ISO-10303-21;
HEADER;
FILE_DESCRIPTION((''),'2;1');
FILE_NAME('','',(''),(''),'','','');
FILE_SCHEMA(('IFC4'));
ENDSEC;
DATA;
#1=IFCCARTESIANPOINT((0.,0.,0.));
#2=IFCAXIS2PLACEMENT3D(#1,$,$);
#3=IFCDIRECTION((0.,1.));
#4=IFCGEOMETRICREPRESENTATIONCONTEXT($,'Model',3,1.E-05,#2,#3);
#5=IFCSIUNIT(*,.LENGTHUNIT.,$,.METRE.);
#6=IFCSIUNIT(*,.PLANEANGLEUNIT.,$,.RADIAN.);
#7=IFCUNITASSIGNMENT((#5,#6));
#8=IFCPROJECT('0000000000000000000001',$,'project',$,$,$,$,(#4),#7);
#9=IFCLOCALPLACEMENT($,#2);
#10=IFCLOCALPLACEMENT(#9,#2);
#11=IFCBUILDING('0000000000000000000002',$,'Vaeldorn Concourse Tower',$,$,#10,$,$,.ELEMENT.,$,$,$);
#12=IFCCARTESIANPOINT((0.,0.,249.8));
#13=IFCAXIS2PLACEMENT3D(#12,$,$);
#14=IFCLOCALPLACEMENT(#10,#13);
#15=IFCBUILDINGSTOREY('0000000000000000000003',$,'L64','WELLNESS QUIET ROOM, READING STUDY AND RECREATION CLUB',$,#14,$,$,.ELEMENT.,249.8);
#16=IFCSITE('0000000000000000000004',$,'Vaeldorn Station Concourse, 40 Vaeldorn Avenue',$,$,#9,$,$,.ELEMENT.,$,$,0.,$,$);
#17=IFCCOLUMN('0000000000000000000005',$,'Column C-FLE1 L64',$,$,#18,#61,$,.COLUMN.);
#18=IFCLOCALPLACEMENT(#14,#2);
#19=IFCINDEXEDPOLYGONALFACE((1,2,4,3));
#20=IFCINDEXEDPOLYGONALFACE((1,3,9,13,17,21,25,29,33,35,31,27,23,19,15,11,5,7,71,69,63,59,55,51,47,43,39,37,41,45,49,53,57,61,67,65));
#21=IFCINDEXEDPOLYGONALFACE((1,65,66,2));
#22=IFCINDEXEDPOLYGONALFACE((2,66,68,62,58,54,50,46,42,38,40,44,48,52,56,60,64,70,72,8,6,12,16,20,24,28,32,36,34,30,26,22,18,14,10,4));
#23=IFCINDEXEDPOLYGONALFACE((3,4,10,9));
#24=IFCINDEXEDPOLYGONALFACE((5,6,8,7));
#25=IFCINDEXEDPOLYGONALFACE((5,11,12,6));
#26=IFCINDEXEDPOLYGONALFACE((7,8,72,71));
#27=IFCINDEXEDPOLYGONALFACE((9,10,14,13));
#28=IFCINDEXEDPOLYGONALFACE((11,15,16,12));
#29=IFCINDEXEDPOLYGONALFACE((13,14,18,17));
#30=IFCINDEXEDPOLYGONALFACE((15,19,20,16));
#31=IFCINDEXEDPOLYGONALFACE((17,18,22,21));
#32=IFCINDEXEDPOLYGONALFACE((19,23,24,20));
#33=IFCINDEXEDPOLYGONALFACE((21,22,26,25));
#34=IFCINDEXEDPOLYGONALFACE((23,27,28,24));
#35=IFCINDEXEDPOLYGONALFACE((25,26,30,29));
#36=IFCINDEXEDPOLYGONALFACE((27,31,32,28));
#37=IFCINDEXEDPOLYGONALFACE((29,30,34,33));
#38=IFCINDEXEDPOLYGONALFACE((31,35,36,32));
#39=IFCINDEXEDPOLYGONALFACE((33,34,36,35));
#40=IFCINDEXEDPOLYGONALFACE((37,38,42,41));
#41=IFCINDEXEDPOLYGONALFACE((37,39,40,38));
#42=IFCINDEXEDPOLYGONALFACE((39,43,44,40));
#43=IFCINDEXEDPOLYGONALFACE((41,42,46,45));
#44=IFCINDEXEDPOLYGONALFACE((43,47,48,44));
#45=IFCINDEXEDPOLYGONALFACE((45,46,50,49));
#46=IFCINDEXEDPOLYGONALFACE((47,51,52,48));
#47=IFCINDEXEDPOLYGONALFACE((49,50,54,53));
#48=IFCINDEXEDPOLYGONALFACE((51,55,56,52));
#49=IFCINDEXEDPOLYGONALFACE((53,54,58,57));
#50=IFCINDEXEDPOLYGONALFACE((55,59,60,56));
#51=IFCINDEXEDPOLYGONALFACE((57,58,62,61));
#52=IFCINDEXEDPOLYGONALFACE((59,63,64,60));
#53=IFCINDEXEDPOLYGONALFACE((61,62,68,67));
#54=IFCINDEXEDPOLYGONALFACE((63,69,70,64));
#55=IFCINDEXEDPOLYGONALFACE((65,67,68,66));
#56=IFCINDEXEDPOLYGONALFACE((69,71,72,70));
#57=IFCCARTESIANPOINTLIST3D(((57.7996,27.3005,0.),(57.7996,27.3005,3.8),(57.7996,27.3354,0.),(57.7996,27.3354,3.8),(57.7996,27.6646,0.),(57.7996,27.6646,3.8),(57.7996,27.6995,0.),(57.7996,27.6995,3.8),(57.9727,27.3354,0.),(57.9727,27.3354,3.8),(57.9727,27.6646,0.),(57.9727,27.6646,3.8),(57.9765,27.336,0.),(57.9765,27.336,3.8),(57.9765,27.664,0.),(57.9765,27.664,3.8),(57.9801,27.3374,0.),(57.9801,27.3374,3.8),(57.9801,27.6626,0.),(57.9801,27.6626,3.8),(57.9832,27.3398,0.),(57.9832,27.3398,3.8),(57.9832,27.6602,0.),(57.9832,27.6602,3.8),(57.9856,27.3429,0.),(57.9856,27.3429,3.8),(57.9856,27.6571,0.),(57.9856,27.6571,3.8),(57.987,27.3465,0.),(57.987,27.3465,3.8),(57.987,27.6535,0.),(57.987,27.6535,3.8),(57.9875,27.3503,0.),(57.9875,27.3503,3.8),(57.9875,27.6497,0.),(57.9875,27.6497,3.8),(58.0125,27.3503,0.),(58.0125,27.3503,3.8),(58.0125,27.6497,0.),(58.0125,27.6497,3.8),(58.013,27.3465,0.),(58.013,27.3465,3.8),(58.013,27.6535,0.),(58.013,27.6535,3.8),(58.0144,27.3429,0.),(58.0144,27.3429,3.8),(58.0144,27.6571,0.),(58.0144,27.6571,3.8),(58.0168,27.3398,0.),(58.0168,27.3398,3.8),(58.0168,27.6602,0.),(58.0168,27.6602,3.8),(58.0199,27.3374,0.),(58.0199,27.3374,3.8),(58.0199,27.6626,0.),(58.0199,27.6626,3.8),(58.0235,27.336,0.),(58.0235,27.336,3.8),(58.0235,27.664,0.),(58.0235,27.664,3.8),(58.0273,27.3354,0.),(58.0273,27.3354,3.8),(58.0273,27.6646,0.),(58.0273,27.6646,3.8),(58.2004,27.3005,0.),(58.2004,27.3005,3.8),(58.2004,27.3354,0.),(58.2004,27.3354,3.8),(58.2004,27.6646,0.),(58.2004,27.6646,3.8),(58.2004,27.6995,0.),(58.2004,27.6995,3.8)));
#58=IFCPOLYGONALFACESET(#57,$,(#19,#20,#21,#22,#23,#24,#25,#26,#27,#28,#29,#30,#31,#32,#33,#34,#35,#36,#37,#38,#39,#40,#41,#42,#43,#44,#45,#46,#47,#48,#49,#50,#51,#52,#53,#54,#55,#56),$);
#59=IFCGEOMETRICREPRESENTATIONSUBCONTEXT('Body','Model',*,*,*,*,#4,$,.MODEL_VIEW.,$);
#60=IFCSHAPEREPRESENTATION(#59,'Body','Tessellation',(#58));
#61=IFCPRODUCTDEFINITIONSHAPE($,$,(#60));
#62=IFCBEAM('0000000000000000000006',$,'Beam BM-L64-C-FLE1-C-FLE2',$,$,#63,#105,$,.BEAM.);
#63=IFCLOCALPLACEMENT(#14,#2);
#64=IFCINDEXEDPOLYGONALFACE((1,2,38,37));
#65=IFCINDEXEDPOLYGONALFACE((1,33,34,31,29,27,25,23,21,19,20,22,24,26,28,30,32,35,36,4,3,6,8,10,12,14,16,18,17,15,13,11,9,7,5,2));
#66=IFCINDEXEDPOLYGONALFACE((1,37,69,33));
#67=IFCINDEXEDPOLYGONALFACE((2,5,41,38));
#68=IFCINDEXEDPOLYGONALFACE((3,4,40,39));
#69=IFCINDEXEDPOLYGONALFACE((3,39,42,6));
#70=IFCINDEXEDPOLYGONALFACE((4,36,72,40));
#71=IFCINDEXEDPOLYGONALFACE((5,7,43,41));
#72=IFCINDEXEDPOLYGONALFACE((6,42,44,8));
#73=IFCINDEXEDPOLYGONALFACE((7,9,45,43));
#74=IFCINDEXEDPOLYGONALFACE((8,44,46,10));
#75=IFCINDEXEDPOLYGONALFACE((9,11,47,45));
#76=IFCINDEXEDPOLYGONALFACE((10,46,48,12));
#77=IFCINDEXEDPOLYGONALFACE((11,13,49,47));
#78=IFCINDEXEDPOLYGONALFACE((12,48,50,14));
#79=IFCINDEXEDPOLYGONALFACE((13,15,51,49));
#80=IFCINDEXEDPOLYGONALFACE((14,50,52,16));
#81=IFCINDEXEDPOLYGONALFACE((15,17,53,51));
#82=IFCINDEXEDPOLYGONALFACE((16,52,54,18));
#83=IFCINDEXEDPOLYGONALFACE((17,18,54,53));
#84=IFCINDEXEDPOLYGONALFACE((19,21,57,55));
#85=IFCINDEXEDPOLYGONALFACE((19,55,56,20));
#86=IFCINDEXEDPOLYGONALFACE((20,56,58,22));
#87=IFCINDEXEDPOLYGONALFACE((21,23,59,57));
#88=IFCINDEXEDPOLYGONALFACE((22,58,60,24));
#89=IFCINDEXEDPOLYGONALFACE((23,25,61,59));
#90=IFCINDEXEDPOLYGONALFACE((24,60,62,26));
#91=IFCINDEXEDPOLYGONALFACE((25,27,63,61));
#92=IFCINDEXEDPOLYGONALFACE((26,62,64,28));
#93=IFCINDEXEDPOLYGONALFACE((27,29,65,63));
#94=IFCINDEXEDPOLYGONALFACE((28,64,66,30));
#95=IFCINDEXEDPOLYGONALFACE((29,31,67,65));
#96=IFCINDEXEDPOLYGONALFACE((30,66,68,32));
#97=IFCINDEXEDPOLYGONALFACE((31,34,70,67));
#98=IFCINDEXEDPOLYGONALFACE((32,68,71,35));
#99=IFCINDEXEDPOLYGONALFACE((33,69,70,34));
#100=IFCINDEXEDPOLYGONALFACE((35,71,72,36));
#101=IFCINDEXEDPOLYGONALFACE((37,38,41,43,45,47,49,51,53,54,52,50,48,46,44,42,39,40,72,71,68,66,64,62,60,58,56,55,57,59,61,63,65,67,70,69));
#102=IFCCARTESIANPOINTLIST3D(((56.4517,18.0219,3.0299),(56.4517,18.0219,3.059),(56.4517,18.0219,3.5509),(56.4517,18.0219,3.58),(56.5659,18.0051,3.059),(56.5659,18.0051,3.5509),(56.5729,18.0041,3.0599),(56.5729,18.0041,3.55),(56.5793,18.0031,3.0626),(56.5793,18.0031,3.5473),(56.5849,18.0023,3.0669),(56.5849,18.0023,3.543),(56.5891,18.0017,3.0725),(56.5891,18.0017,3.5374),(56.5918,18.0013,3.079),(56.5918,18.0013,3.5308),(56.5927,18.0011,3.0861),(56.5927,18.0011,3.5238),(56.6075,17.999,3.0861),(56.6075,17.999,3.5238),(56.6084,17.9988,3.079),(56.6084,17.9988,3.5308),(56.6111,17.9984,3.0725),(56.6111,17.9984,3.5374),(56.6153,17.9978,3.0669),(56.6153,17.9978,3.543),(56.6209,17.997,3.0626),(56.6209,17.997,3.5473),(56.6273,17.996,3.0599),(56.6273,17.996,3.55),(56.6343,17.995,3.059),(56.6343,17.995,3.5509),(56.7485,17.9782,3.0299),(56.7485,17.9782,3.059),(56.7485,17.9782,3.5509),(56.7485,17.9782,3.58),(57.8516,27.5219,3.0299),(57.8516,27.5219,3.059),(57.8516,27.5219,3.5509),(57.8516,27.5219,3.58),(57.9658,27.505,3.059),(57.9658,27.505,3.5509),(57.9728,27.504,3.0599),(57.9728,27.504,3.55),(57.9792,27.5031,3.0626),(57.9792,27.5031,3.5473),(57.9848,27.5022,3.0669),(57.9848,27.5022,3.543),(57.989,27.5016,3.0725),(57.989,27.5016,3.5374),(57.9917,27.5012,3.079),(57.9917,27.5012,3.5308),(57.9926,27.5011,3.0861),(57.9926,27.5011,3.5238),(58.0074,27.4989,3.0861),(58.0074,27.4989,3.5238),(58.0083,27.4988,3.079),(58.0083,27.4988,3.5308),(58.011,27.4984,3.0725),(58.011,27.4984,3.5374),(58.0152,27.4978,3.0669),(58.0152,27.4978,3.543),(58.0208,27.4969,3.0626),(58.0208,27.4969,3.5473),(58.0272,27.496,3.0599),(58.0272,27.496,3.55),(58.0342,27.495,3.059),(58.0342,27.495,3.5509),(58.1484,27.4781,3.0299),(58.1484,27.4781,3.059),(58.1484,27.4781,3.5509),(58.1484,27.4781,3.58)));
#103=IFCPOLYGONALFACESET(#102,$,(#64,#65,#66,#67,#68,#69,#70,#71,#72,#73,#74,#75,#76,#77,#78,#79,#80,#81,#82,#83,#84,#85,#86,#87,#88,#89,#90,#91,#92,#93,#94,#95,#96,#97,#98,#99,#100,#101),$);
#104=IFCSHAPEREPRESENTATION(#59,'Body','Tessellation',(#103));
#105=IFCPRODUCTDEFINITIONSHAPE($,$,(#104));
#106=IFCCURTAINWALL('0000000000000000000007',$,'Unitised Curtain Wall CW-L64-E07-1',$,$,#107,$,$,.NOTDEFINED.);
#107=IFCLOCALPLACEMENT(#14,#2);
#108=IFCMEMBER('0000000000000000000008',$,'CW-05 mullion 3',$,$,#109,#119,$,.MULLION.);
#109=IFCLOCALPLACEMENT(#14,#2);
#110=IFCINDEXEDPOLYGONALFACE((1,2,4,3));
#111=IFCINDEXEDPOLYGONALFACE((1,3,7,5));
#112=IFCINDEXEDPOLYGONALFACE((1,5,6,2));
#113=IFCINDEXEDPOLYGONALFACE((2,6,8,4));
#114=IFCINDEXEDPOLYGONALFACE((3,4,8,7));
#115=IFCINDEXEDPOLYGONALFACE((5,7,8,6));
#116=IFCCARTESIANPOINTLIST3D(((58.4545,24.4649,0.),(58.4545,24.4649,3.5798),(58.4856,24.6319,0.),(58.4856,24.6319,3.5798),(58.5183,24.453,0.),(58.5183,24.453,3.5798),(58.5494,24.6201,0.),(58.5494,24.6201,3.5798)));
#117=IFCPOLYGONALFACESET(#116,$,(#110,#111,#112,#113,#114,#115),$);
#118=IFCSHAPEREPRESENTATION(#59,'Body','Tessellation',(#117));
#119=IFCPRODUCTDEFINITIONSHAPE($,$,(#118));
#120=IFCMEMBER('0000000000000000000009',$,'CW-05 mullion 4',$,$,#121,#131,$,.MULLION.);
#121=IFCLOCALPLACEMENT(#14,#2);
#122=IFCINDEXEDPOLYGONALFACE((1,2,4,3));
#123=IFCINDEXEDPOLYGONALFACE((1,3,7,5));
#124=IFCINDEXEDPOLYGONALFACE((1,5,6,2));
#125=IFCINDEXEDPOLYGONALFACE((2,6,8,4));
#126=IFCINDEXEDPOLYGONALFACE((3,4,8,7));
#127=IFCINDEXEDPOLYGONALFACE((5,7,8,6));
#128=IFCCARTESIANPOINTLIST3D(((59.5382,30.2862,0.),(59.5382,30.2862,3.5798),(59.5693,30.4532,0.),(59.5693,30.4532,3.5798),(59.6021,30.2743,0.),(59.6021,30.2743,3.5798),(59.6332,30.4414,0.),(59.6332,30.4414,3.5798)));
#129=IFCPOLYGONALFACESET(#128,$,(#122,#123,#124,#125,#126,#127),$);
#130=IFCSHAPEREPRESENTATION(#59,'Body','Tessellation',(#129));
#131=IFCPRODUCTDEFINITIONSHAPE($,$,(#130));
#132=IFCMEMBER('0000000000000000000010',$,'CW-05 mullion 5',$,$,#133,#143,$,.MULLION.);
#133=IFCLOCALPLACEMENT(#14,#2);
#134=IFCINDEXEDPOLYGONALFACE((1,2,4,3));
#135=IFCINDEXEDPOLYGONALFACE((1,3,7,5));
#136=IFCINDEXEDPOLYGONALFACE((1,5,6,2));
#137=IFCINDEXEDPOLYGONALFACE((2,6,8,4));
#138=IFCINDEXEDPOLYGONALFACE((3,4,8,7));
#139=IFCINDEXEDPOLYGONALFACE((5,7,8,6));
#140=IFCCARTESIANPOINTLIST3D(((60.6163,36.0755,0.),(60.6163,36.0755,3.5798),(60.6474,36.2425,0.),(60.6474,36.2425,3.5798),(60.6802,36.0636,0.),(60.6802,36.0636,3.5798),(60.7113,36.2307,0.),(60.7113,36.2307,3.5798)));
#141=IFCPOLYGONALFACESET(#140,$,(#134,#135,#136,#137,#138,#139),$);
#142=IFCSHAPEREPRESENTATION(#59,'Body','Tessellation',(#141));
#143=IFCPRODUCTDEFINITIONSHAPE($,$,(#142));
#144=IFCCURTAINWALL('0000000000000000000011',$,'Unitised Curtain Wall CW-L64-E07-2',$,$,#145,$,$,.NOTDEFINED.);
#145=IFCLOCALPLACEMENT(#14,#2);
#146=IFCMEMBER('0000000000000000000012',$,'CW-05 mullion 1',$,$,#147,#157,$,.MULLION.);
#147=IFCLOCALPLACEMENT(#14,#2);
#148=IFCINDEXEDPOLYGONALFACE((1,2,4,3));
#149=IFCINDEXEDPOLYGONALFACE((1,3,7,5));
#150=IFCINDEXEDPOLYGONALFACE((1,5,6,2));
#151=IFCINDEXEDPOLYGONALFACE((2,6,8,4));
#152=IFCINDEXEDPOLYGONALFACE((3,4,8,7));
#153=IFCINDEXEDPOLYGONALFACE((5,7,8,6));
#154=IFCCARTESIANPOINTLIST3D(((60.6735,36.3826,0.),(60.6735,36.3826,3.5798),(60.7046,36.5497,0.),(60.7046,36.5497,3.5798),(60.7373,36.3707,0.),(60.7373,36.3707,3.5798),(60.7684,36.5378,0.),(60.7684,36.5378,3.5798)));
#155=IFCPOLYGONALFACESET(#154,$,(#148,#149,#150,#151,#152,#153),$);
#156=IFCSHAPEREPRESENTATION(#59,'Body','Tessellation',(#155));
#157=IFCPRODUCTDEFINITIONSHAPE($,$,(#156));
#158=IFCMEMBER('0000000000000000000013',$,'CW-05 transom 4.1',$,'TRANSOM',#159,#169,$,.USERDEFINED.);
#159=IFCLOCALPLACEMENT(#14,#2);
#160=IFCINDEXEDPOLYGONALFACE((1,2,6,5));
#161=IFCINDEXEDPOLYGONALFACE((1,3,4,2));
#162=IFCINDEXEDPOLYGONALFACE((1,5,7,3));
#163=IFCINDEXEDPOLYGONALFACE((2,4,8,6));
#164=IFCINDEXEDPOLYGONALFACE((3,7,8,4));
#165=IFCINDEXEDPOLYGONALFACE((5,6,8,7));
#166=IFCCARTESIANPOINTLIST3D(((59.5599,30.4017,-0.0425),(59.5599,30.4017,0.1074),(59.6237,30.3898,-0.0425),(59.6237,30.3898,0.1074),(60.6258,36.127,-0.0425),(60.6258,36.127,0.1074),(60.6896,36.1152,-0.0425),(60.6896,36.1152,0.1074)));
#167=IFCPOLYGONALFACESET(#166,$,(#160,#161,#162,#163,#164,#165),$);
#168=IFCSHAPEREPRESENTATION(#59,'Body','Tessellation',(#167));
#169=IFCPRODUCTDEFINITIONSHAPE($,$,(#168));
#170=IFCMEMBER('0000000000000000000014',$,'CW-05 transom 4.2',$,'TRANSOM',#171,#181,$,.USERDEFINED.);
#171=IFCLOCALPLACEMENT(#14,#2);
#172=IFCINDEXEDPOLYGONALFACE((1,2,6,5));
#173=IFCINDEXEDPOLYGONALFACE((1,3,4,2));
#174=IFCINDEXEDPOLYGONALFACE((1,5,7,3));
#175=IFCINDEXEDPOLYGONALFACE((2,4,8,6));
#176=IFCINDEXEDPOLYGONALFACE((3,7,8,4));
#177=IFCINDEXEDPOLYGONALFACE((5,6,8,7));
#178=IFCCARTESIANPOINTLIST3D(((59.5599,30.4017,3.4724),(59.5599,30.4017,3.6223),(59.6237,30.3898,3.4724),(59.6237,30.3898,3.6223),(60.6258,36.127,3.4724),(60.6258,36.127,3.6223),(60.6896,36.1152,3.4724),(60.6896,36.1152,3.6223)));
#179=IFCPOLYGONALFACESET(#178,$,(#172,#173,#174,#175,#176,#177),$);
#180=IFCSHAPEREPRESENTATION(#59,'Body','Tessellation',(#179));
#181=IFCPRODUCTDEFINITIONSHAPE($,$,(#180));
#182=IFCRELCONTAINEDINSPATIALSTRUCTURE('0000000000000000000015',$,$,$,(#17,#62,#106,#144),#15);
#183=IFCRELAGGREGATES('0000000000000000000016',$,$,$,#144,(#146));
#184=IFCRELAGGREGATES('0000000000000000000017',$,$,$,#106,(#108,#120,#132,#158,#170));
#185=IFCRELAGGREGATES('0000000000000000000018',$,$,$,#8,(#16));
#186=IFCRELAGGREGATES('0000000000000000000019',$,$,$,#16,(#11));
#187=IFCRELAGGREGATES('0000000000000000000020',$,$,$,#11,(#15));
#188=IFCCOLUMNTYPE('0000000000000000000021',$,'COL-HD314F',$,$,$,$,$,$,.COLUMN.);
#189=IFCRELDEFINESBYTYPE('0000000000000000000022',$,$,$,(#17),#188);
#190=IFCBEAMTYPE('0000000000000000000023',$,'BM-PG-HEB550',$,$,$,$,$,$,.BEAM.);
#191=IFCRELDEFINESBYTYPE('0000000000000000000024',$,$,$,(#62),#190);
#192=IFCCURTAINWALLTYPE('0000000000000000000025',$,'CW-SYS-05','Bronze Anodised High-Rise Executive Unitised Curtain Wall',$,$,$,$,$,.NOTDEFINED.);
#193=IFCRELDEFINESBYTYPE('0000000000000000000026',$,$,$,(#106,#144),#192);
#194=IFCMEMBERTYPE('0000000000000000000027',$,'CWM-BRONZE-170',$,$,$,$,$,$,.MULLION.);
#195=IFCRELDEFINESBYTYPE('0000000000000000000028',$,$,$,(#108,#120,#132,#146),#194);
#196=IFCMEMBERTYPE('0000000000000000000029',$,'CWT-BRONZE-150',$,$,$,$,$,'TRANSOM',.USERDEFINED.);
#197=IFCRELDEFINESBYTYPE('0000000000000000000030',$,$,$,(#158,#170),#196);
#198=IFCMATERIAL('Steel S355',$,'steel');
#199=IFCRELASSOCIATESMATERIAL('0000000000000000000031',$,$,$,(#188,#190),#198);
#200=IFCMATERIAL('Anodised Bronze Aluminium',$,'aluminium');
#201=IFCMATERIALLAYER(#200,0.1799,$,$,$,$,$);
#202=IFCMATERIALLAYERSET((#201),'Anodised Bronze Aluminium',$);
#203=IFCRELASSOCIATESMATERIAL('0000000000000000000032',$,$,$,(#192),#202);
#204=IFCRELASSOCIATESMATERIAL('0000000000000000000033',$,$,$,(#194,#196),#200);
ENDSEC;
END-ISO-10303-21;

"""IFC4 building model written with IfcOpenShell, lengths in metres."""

from ifc_helpers import new_model, si_unit, direction, frame, origin, origin_2d, place, context, subcontext, project, spatial, rectangle, i_section, extrude, source, transform, mapped, material, layer, layer_set, material_profile, profile_set, type_object, element, aggregate, save


model = new_model("IFC4")

# Units and contexts
model_context = context("Model", 3, precision=1e-05, world=origin(), true_north=direction((0.0, 1.0)))
body_context = subcontext(model_context, "Body", "Model", "MODEL_VIEW")
ifc_project = project(units=[si_unit("LENGTHUNIT", "METRE"), si_unit("PLANEANGLEUNIT", "RADIAN")], contexts=[model_context])

# Site, building, storey
site_placement = place(None, origin())
site = spatial("IfcSite", under=ifc_project, at=site_placement, Name="Vaeldorn Station Concourse, 40 Vaeldorn Avenue", CompositionType="ELEMENT", RefElevation=0.0)
building_placement = place(site_placement, origin())
building = spatial("IfcBuilding", under=site, at=building_placement, Name="Vaeldorn Concourse Tower", CompositionType="ELEMENT")
storey_placement = place(building_placement, frame((0.0, 0.0, 249.8)))
storey = spatial("IfcBuildingStorey", under=building, at=storey_placement, Name="L64", Description="WELLNESS QUIET ROOM, READING STUDY AND RECREATION CLUB", CompositionType="ELEMENT", Elevation=249.8)

# Column
ifc_material_1 = material(Name="Steel S355", Category="steel")
ifc_material_profile_1 = material_profile(ifc_material_1, i_section(OverallWidth=0.4009, OverallDepth=0.3989, WebThickness=0.0249, FlangeThickness=0.0349, FilletRadius=0.0149, at=origin_2d()), Name="HD 400x314")
ifc_profile_set_1 = profile_set([ifc_material_profile_1], Name="Steel S355")
column_type = type_object("IfcColumnType", Name="COL-HD314F", PredefinedType="COLUMN", material=ifc_profile_set_1)
shared_shape_1 = source(origin(), body_context, "Body", "SweptSolid", [
    extrude(i_section(OverallWidth=0.4009, OverallDepth=0.3989, WebThickness=0.0249, FlangeThickness=0.0349, FilletRadius=0.0149, at=origin_2d()), origin(), (0.0, 0.0, 1.0), 3.8),
])
column_placement = place(storey_placement, frame((58.0, 27.5, 0.0), z_axis=(0.0, 0.0, 1.0), x_axis=(1.0, 0.0, 0.0)))
element("IfcColumn", 1, at=column_placement, inside=storey, type_object=column_type, Name="Column C-FLE1 L64", PredefinedType="COLUMN", context=body_context, shape_type="MappedRepresentation", body=[
    mapped(shared_shape_1, transform((0.0, 0.0, 0.0), scale=1.0)),
])

# Beam
ifc_material_profile_2 = material_profile(ifc_material_1, i_section(OverallWidth=0.3, OverallDepth=0.55, WebThickness=0.0149, FlangeThickness=0.0291, FilletRadius=0.0271, at=origin_2d()), Name="HEB 550")
ifc_profile_set_2 = profile_set([ifc_material_profile_2], Name="Steel S355")
beam_type = type_object("IfcBeamType", Name="BM-PG-HEB550", PredefinedType="BEAM", material=ifc_profile_set_2)
shared_shape_2 = source(origin(), body_context, "Body", "SweptSolid", [
    extrude(i_section(OverallWidth=0.3, OverallDepth=0.55, WebThickness=0.0149, FlangeThickness=0.0291, FilletRadius=0.0271, at=origin_2d()), origin(), (0.0, 0.0, 1.0), 9.6025),
])
beam_placement = place(storey_placement, frame((58.0, 27.5, 3.3049), z_axis=(-0.145784, -0.989316, 0.0), x_axis=(0.989316, -0.145784, 0.0)))
element("IfcBeam", 2, at=beam_placement, inside=storey, type_object=beam_type, Name="Beam BM-L64-C-FLE1-C-FLE2", PredefinedType="BEAM", context=body_context, shape_type="MappedRepresentation", body=[
    mapped(shared_shape_2, transform((0.0, 0.0, 0.0), scale=1.0)),
])

# Curtain wall, members
ifc_material_2 = material(Name="Anodised Bronze Aluminium", Category="aluminium")
ifc_layer_1 = layer(ifc_material_2, 0.1799)
ifc_layer_set_1 = layer_set([ifc_layer_1], Name="Anodised Bronze Aluminium")
curtain_wall_type = type_object("IfcCurtainWallType", Name="CW-SYS-05", Description="Bronze Anodised High-Rise Executive Unitised Curtain Wall", PredefinedType="NOTDEFINED", material=ifc_layer_set_1)
curtain_wall_1_placement = place(storey_placement, origin())
curtain_wall_1 = element("IfcCurtainWall", 3, at=curtain_wall_1_placement, inside=storey, type_object=curtain_wall_type, Name="Unitised Curtain Wall CW-L64-E07-1", PredefinedType="NOTDEFINED")
ifc_material_profile_3 = material_profile(ifc_material_2, rectangle(XDim=0.0649, YDim=0.1699, at=origin_2d()), Name="CWM 65x170")
ifc_profile_set_3 = profile_set([ifc_material_profile_3], Name="Anodised Bronze Aluminium")
member_type_1 = type_object("IfcMemberType", Name="CWM-BRONZE-170", PredefinedType="MULLION", material=ifc_profile_set_3)
shared_shape_3 = source(origin(), body_context, "Body", "SweptSolid", [
    extrude(rectangle(XDim=0.0649, YDim=0.1699, at=origin_2d()), origin(), (0.0, 0.0, 1.0), 3.5798),
])
member_1_placement = place(storey_placement, frame((58.502, 24.5425, 0.0), z_axis=(0.0, 0.0, 1.0), x_axis=(-0.983103, 0.183055, 0.0)))
member_1 = element("IfcMember", 4, at=member_1_placement, type_object=member_type_1, Name="CW-05 mullion 3", PredefinedType="MULLION", context=body_context, shape_type="MappedRepresentation", body=[
    mapped(shared_shape_3, transform((0.0, 0.0, 0.0), scale=1.0)),
])
member_2_placement = place(storey_placement, frame((59.5857, 30.3638, 0.0), z_axis=(0.0, 0.0, 1.0), x_axis=(-0.983103, 0.183055, 0.0)))
member_2 = element("IfcMember", 5, at=member_2_placement, type_object=member_type_1, Name="CW-05 mullion 4", PredefinedType="MULLION", context=body_context, shape_type="MappedRepresentation", body=[
    mapped(shared_shape_3, transform((0.0, 0.0, 0.0), scale=1.0)),
])
member_3_placement = place(storey_placement, frame((60.6638, 36.1531, 0.0), z_axis=(0.0, 0.0, 1.0), x_axis=(-0.983103, 0.183055, 0.0)))
member_3 = element("IfcMember", 6, at=member_3_placement, type_object=member_type_1, Name="CW-05 mullion 5", PredefinedType="MULLION", context=body_context, shape_type="MappedRepresentation", body=[
    mapped(shared_shape_3, transform((0.0, 0.0, 0.0), scale=1.0)),
])

# Curtain wall, member
curtain_wall_2_placement = place(storey_placement, origin())
curtain_wall_2 = element("IfcCurtainWall", 7, at=curtain_wall_2_placement, inside=storey, type_object=curtain_wall_type, Name="Unitised Curtain Wall CW-L64-E07-2", PredefinedType="NOTDEFINED")
member_4_placement = place(storey_placement, frame((60.7209, 36.4602, 0.0), z_axis=(0.0, 0.0, 1.0), x_axis=(-0.983103, 0.183054, 0.0)))
member_4 = element("IfcMember", 8, at=member_4_placement, type_object=member_type_1, Name="CW-05 mullion 1", PredefinedType="MULLION", context=body_context, shape_type="MappedRepresentation", body=[
    mapped(shared_shape_3, transform((0.0, 0.0, 0.0), scale=1.0)),
])
aggregate(curtain_wall_2, [member_4])

# Members
ifc_material_profile_4 = material_profile(ifc_material_2, rectangle(XDim=0.0649, YDim=0.1499, at=origin_2d()), Name="CWT 65x150")
ifc_profile_set_4 = profile_set([ifc_material_profile_4], Name="Anodised Bronze Aluminium")
member_type_2 = type_object("IfcMemberType", Name="CWT-BRONZE-150", ElementType="TRANSOM", PredefinedType="USERDEFINED", material=ifc_profile_set_4)
shared_shape_4 = source(origin(), body_context, "Body", "SweptSolid", [
    extrude(rectangle(XDim=0.0649, YDim=0.1499, at=origin_2d()), origin(), (0.0, 0.0, 1.0), 5.8237),
])
member_5_placement = place(storey_placement, frame((59.5918, 30.3958, 0.0325), z_axis=(0.18303, 0.983107, 0.0), x_axis=(-0.983107, 0.18303, 0.0)))
member_5 = element("IfcMember", 9, at=member_5_placement, type_object=member_type_2, Name="CW-05 transom 4.1", ObjectType="TRANSOM", PredefinedType="USERDEFINED", context=body_context, shape_type="MappedRepresentation", body=[
    mapped(shared_shape_4, transform((0.0, 0.0, 0.0), scale=1.0)),
])
member_6_placement = place(storey_placement, frame((59.5918, 30.3958, 3.5474), z_axis=(0.18303, 0.983107, 0.0), x_axis=(-0.983107, 0.18303, 0.0)))
member_6 = element("IfcMember", 10, at=member_6_placement, type_object=member_type_2, Name="CW-05 transom 4.2", ObjectType="TRANSOM", PredefinedType="USERDEFINED", context=body_context, shape_type="MappedRepresentation", body=[
    mapped(shared_shape_4, transform((0.0, 0.0, 0.0), scale=1.0)),
])

aggregate(curtain_wall_1, [member_1, member_2, member_3, member_5, member_6])

save(model, "model.ifc")
